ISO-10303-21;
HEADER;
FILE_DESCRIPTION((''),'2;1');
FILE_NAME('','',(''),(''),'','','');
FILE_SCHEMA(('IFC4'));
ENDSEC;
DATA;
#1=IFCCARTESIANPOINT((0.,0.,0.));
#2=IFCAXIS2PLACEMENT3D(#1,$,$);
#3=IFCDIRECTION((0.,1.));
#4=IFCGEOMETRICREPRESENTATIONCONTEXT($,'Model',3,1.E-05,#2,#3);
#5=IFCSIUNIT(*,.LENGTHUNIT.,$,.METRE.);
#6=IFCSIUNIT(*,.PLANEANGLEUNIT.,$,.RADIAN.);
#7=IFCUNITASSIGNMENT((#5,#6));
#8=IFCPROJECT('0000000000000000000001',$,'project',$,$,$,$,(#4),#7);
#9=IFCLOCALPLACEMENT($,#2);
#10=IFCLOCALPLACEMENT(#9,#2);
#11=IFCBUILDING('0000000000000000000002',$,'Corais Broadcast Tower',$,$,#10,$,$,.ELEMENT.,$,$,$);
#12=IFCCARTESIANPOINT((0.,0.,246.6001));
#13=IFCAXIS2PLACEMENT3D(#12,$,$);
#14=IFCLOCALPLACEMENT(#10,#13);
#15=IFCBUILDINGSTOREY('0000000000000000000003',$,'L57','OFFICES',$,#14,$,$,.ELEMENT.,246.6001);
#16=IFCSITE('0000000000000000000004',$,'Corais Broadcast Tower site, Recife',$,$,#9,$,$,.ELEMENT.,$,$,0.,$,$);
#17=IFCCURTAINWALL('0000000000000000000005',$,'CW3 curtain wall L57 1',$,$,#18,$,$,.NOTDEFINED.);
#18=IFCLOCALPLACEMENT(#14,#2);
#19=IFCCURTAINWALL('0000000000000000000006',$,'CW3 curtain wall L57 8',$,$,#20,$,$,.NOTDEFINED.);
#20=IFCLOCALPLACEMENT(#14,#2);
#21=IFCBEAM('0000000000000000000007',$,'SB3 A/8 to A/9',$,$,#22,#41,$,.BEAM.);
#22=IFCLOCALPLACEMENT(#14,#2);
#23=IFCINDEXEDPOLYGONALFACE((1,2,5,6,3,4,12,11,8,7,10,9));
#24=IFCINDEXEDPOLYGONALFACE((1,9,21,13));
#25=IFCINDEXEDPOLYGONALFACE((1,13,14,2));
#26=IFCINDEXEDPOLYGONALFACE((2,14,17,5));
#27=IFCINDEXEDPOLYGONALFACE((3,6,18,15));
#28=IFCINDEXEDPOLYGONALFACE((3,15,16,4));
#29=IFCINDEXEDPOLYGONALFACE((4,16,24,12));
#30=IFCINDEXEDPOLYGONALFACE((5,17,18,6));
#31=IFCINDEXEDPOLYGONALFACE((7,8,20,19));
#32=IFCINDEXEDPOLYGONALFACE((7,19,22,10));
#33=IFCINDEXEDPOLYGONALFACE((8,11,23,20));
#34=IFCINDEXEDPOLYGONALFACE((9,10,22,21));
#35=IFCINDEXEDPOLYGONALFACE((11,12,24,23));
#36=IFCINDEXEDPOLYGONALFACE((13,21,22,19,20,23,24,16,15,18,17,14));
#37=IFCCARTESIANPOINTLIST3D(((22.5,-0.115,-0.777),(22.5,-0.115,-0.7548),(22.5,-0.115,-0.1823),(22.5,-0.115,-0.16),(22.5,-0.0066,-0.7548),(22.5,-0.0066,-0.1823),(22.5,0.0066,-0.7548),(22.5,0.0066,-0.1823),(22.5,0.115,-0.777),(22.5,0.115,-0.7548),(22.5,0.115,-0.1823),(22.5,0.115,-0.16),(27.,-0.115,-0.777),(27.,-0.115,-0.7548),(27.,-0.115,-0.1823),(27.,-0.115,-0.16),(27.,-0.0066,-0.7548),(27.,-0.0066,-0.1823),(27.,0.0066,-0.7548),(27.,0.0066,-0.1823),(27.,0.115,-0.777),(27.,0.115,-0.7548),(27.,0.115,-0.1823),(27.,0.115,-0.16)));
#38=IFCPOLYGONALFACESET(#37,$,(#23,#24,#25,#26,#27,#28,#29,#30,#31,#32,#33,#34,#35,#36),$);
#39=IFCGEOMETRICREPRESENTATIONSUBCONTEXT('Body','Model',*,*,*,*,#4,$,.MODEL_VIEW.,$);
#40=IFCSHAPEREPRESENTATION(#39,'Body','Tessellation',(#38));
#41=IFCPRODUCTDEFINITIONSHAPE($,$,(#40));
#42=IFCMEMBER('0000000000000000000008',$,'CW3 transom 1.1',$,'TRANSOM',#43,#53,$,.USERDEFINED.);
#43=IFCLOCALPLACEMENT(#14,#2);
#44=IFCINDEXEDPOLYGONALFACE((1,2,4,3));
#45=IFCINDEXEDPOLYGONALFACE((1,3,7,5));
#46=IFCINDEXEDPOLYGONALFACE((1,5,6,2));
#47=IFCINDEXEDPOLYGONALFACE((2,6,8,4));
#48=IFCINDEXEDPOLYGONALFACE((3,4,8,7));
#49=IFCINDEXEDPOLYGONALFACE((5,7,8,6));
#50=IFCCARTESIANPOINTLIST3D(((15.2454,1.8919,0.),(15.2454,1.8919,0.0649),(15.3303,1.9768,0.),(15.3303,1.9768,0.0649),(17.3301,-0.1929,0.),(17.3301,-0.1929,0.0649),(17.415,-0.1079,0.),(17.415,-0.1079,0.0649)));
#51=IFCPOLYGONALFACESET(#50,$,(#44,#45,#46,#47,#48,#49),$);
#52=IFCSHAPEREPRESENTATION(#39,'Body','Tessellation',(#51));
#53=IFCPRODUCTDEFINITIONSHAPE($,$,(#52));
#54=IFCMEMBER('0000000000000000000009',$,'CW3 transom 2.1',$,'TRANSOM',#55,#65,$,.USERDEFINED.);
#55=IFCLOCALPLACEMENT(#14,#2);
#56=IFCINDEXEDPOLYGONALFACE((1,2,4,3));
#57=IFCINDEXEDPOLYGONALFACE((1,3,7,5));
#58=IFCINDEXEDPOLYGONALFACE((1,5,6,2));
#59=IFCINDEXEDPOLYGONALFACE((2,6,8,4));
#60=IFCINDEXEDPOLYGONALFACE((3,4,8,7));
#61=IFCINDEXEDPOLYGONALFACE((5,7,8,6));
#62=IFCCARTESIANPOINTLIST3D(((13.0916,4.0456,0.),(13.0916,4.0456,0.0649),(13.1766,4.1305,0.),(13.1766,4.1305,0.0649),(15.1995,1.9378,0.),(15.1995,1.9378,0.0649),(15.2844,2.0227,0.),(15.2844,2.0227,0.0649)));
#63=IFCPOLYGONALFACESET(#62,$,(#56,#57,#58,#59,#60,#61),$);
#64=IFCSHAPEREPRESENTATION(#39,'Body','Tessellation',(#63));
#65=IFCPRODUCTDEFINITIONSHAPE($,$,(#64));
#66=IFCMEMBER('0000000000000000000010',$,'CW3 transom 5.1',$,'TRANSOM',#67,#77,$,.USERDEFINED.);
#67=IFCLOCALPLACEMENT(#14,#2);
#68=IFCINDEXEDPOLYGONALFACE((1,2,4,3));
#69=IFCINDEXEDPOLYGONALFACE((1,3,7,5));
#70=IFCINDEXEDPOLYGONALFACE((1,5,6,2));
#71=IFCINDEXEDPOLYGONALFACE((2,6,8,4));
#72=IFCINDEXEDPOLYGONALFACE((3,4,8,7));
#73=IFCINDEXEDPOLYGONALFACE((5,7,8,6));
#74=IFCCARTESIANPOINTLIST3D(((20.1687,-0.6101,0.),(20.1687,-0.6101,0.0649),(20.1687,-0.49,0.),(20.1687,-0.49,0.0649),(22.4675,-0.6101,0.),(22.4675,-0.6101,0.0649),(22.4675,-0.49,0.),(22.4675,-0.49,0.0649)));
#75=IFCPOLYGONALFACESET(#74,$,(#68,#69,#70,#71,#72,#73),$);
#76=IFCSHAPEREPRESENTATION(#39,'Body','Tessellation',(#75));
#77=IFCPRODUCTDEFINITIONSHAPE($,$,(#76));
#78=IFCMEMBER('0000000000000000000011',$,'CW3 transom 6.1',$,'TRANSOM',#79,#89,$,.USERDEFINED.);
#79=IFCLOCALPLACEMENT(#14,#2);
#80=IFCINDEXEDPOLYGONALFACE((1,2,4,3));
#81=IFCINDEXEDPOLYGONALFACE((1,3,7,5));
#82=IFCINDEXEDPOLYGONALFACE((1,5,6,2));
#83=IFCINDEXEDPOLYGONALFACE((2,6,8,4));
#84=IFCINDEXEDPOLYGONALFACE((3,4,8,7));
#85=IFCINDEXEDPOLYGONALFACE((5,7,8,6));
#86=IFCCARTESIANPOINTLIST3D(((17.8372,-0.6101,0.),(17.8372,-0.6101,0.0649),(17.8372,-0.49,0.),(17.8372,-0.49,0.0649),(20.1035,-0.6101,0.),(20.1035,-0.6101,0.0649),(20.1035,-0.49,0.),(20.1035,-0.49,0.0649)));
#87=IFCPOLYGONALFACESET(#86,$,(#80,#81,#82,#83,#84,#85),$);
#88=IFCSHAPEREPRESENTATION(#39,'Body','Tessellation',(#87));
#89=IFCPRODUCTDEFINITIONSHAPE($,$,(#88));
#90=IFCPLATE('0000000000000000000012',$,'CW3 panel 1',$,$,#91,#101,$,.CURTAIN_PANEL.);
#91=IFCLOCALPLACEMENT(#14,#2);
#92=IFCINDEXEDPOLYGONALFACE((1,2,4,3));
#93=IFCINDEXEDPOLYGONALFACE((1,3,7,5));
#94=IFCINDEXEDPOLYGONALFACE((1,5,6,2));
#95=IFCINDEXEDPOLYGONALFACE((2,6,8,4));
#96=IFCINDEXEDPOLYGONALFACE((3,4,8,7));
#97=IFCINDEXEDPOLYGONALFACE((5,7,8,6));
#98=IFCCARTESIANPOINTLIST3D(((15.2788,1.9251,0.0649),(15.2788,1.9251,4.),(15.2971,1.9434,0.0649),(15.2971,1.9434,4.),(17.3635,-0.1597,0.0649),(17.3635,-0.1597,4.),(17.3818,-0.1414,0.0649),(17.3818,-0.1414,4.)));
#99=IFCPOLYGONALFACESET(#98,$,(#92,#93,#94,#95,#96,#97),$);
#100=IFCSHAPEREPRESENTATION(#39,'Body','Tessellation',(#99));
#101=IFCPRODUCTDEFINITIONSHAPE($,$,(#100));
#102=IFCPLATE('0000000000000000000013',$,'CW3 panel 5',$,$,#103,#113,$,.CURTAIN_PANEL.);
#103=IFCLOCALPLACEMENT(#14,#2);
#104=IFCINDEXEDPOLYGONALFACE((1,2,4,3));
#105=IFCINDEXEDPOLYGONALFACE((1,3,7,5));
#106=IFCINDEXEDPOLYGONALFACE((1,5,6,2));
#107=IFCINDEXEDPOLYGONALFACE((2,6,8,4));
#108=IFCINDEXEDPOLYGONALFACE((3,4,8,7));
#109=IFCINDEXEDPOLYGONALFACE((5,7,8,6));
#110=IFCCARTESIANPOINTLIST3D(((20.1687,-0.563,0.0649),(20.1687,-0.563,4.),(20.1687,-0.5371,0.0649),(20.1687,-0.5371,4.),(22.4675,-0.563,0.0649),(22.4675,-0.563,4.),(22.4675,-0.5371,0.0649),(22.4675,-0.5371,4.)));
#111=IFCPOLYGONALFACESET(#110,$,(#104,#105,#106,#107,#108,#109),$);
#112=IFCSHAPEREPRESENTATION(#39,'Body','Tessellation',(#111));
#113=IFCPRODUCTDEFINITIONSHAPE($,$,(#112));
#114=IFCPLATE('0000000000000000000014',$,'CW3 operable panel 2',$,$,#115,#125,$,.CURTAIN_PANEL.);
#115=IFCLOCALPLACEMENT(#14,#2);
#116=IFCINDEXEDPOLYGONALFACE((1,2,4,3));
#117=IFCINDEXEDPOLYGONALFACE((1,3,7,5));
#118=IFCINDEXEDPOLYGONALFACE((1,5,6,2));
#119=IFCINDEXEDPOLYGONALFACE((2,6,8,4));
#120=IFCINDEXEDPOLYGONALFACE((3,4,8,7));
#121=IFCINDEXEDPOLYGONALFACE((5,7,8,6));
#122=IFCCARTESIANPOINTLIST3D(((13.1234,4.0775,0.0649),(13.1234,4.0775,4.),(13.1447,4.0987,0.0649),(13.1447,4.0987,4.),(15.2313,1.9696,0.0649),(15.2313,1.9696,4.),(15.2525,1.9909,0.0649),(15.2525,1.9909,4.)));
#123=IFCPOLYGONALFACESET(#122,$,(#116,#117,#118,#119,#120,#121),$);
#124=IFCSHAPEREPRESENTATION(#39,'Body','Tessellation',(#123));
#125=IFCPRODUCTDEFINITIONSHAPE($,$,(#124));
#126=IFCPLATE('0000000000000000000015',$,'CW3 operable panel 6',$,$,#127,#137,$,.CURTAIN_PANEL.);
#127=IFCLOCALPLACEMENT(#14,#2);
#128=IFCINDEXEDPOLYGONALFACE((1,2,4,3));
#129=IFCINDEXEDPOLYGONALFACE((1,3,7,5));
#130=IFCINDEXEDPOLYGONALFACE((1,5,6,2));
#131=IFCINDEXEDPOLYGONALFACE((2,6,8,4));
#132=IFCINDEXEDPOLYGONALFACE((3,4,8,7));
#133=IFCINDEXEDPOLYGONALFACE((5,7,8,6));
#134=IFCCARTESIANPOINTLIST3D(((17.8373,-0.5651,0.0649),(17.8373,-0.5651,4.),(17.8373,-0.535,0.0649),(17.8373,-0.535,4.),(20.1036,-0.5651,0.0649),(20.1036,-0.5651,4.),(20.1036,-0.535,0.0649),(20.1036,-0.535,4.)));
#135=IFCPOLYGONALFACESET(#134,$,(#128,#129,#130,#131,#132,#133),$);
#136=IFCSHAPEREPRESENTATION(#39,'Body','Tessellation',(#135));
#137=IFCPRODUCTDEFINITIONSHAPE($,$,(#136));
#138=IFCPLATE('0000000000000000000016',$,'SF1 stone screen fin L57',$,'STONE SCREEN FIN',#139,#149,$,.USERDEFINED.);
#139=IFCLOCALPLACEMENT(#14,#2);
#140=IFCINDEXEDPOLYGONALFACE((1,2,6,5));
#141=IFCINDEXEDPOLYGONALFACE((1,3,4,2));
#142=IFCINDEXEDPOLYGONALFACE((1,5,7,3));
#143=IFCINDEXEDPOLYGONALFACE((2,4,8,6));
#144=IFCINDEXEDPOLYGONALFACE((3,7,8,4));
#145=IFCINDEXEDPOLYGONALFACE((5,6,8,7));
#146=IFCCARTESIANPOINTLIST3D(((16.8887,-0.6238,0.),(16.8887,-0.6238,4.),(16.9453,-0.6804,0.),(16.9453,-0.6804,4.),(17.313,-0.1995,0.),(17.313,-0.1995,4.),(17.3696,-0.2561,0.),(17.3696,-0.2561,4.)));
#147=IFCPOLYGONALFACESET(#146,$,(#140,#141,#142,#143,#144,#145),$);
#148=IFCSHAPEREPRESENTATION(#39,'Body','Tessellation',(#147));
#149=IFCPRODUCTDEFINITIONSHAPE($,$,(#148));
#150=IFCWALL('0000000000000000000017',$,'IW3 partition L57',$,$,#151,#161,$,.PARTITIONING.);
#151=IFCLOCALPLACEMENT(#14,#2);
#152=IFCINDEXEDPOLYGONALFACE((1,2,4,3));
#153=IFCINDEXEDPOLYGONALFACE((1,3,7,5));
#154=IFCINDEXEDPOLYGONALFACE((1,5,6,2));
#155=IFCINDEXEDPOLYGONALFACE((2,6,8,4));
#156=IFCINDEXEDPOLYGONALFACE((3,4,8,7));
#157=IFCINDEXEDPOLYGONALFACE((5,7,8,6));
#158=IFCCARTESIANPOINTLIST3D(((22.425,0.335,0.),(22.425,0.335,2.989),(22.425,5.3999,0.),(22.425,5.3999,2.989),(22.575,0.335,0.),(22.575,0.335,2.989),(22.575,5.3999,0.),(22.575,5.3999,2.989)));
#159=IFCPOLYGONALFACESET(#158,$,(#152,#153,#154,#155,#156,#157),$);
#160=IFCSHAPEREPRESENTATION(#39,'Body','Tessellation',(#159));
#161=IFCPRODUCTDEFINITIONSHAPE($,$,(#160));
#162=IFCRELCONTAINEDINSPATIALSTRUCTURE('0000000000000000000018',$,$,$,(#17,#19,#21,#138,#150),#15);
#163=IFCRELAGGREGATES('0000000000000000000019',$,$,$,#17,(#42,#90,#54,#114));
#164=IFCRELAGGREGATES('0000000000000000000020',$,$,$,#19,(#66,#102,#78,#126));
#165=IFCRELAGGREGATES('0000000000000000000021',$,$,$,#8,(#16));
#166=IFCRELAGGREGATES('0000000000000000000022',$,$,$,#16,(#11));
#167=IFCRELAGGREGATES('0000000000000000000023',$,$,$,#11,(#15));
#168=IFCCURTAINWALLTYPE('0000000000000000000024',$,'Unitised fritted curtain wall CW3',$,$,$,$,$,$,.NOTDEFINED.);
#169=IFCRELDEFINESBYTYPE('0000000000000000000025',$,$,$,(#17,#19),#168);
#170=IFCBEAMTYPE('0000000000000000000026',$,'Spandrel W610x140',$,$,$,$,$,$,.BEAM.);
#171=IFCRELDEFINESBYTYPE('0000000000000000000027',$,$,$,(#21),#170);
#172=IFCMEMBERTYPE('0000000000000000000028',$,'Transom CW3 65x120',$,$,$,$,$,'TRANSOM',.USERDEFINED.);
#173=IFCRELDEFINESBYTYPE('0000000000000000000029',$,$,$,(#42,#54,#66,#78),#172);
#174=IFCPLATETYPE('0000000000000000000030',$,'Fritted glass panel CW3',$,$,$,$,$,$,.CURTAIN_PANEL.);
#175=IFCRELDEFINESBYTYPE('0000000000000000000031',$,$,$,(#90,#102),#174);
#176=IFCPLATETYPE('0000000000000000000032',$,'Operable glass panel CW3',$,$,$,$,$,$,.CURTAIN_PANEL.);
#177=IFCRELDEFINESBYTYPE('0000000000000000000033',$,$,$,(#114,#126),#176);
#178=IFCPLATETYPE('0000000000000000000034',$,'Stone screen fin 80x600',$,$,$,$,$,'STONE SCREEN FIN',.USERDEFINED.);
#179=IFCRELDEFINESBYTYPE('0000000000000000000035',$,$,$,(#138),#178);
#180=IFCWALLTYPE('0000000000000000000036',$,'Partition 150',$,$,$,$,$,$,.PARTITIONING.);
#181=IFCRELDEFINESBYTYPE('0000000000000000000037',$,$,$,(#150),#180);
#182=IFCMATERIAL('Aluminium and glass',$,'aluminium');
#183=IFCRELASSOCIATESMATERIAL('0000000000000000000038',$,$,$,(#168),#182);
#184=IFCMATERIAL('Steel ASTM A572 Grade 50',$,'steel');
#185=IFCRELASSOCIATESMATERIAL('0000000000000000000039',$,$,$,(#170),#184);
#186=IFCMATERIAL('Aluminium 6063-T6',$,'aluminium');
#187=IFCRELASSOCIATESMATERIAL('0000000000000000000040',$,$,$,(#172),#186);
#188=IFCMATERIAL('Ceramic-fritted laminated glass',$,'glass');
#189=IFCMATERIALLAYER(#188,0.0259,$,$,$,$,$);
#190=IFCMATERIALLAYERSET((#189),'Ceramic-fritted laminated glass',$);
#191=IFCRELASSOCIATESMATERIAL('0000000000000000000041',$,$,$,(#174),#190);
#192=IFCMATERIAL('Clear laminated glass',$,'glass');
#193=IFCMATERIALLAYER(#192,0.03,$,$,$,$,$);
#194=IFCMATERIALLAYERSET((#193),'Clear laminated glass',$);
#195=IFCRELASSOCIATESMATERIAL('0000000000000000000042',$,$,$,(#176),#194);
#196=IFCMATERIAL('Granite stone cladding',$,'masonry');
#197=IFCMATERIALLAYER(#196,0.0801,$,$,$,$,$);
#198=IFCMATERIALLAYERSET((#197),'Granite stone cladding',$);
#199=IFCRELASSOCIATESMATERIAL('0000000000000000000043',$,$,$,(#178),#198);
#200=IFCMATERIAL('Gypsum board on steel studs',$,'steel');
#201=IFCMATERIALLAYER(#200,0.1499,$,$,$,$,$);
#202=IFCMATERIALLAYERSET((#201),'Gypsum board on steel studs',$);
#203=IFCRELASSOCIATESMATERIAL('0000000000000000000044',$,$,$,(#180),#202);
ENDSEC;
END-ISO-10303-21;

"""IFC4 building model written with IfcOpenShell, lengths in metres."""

from ifc_helpers import new_model, si_unit, direction, frame, frame_2d, origin, origin_2d, place, context, subcontext, project, spatial, rectangle, i_section, extrude, material, layer, layer_set, material_profile, profile_set, type_object, element, aggregate, save


model = new_model("IFC4")

# Units and contexts
model_context = context("Model", 3, precision=1e-05, world=origin(), true_north=direction((0.0, 1.0)))
body_context = subcontext(model_context, "Body", "Model", "MODEL_VIEW")
ifc_project = project(units=[si_unit("LENGTHUNIT", "METRE"), si_unit("PLANEANGLEUNIT", "RADIAN")], contexts=[model_context])

# Site, building, storey
site_placement = place(None, origin())
site = spatial("IfcSite", under=ifc_project, at=site_placement, Name="Corais Broadcast Tower site, Recife", CompositionType="ELEMENT", RefElevation=0.0)
building_placement = place(site_placement, origin())
building = spatial("IfcBuilding", under=site, at=building_placement, Name="Corais Broadcast Tower", CompositionType="ELEMENT")
storey_placement = place(building_placement, frame((0.0, 0.0, 246.6001)))
storey = spatial("IfcBuildingStorey", under=building, at=storey_placement, Name="L57", Description="OFFICES", CompositionType="ELEMENT", Elevation=246.6001)

# Curtain walls
ifc_material_1 = material(Name="Aluminium and glass", Category="aluminium")
curtain_wall_type = type_object("IfcCurtainWallType", Name="Unitised fritted curtain wall CW3", PredefinedType="NOTDEFINED", material=ifc_material_1)
curtain_wall_1_placement = place(storey_placement, origin())
curtain_wall_1 = element("IfcCurtainWall", 1, at=curtain_wall_1_placement, inside=storey, type_object=curtain_wall_type, Name="CW3 curtain wall L57 1", PredefinedType="NOTDEFINED")
curtain_wall_2_placement = place(storey_placement, origin())
curtain_wall_2 = element("IfcCurtainWall", 2, at=curtain_wall_2_placement, inside=storey, type_object=curtain_wall_type, Name="CW3 curtain wall L57 8", PredefinedType="NOTDEFINED")

# Beam
ifc_material_2 = material(Name="Steel ASTM A572 Grade 50", Category="steel")
ifc_material_profile_1 = material_profile(ifc_material_2, i_section(OverallWidth=0.23, OverallDepth=0.6169, WebThickness=0.0132, FlangeThickness=0.0222, at=origin_2d()), Name="W610x140")
ifc_profile_set_1 = profile_set([ifc_material_profile_1], Name="Steel ASTM A572 Grade 50")
beam_type_1 = type_object("IfcBeamType", Name="Spandrel W610x140", PredefinedType="BEAM", material=ifc_profile_set_1)
for number, where, z_axis, x_axis, name in (
    (3, (22.5, 0.0, -0.4685), (1.0, 0.0, 0.0), (0.0, 1.0, 0.0), "SB3 A/8 to A/9"),
):
    element("IfcBeam", number, at=place(storey_placement, frame(where, z_axis=z_axis, x_axis=x_axis)), inside=storey, type_object=beam_type_1, Name=name, PredefinedType="BEAM", context=body_context, shape_type="SweptSolid", body=[
        extrude(i_section(OverallWidth=0.23, OverallDepth=0.6169, WebThickness=0.0132, FlangeThickness=0.0222, at=origin_2d()), origin(), (0.0, 0.0, 1.0), 4.5),
    ])

# Members
ifc_material_3 = material(Name="Aluminium 6063-T6", Category="aluminium")
ifc_material_profile_2 = material_profile(ifc_material_3, rectangle(XDim=0.1201, YDim=0.0649, at=origin_2d()), Name="Transom CW3 65x120")
ifc_profile_set_2 = profile_set([ifc_material_profile_2], Name="Aluminium 6063-T6")
member_type_1 = type_object("IfcMemberType", Name="Transom CW3 65x120", ElementType="TRANSOM", PredefinedType="USERDEFINED", material=ifc_profile_set_2)
member_1_placement = place(storey_placement, frame((17.3726, -0.1504, 0.0325), z_axis=(-0.707107, 0.707107, 0.0), x_axis=(-0.707107, -0.707107, 0.0)))
member_1 = element("IfcMember", 4, at=member_1_placement, type_object=member_type_1, Name="CW3 transom 1.1", ObjectType="TRANSOM", PredefinedType="USERDEFINED", context=body_context, shape_type="SweptSolid", body=[
    extrude(rectangle(XDim=0.1201, YDim=0.0649, at=origin_2d()), origin(), (0.0, 0.0, 1.0), 2.9482),
])
member_2_placement = place(storey_placement, frame((15.2419, 1.9802, 0.0325), z_axis=(-0.707107, 0.707107, 0.0), x_axis=(-0.707107, -0.707107, 0.0)))
member_2 = element("IfcMember", 5, at=member_2_placement, type_object=member_type_1, Name="CW3 transom 2.1", ObjectType="TRANSOM", PredefinedType="USERDEFINED", context=body_context, shape_type="SweptSolid", body=[
    extrude(rectangle(XDim=0.1201, YDim=0.0649, at=origin_2d()), origin(), (0.0, 0.0, 1.0), 2.981),
])
member_3_placement = place(storey_placement, frame((22.4675, -0.55, 0.0325), z_axis=(-1.0, 0.0, 0.0), x_axis=(0.0, -1.0, 0.0)))
member_3 = element("IfcMember", 6, at=member_3_placement, type_object=member_type_1, Name="CW3 transom 5.1", ObjectType="TRANSOM", PredefinedType="USERDEFINED", context=body_context, shape_type="SweptSolid", body=[
    extrude(rectangle(XDim=0.1201, YDim=0.0649, at=origin_2d()), origin(), (0.0, 0.0, 1.0), 2.2988),
])
member_4_placement = place(storey_placement, frame((20.1035, -0.55, 0.0325), z_axis=(-1.0, 0.0, 0.0), x_axis=(0.0, -1.0, 0.0)))
member_4 = element("IfcMember", 7, at=member_4_placement, type_object=member_type_1, Name="CW3 transom 6.1", ObjectType="TRANSOM", PredefinedType="USERDEFINED", context=body_context, shape_type="SweptSolid", body=[
    extrude(rectangle(XDim=0.1201, YDim=0.0649, at=origin_2d()), origin(), (0.0, 0.0, 1.0), 2.2664),
])

# Plates
ifc_material_4 = material(Name="Ceramic-fritted laminated glass", Category="glass")
ifc_layer_1 = layer(ifc_material_4, 0.0259)
ifc_layer_set_1 = layer_set([ifc_layer_1], Name="Ceramic-fritted laminated glass")
plate_type_1 = type_object("IfcPlateType", Name="Fritted glass panel CW3", PredefinedType="CURTAIN_PANEL", material=ifc_layer_set_1)
plate_1_placement = place(storey_placement, frame((16.3303, 0.8918, 0.0649), z_axis=(0.0, 0.0, 1.0), x_axis=(-0.707107, 0.707107, 0.0)))
plate_1 = element("IfcPlate", 8, at=plate_1_placement, type_object=plate_type_1, Name="CW3 panel 1", PredefinedType="CURTAIN_PANEL", context=body_context, shape_type="SweptSolid", body=[
    extrude(rectangle(XDim=2.9482, YDim=0.0259, at=origin_2d()), origin(), (0.0, 0.0, 1.0), 3.9351),
])
plate_2_placement = place(storey_placement, frame((21.3181, -0.55, 0.0649), z_axis=(0.0, 0.0, 1.0), x_axis=(-1.0, 0.0, 0.0)))
plate_2 = element("IfcPlate", 9, at=plate_2_placement, type_object=plate_type_1, Name="CW3 panel 5", PredefinedType="CURTAIN_PANEL", context=body_context, shape_type="SweptSolid", body=[
    extrude(rectangle(XDim=2.2988, YDim=0.0259, at=origin_2d()), origin(), (0.0, 0.0, 1.0), 3.9351),
])
ifc_material_5 = material(Name="Clear laminated glass", Category="glass")
ifc_layer_2 = layer(ifc_material_5, 0.03)
ifc_layer_set_2 = layer_set([ifc_layer_2], Name="Clear laminated glass")
plate_type_2 = type_object("IfcPlateType", Name="Operable glass panel CW3", PredefinedType="CURTAIN_PANEL", material=ifc_layer_set_2)
plate_3_placement = place(storey_placement, frame((14.188, 3.0342, 0.0649), z_axis=(0.0, 0.0, 1.0), x_axis=(-0.707107, 0.707107, 0.0)))
plate_3 = element("IfcPlate", 10, at=plate_3_placement, type_object=plate_type_2, Name="CW3 operable panel 2", PredefinedType="CURTAIN_PANEL", context=body_context, shape_type="SweptSolid", body=[
    extrude(rectangle(XDim=2.981, YDim=0.03, at=origin_2d()), origin(), (0.0, 0.0, 1.0), 3.9351),
])
aggregate(curtain_wall_1, [member_1, plate_1, member_2, plate_3])
plate_4_placement = place(storey_placement, frame((18.9705, -0.55, 0.0649), z_axis=(0.0, 0.0, 1.0), x_axis=(-1.0, 0.0, 0.0)))
plate_4 = element("IfcPlate", 11, at=plate_4_placement, type_object=plate_type_2, Name="CW3 operable panel 6", PredefinedType="CURTAIN_PANEL", context=body_context, shape_type="SweptSolid", body=[
    extrude(rectangle(XDim=2.2664, YDim=0.03, at=origin_2d()), origin(), (0.0, 0.0, 1.0), 3.9351),
])
aggregate(curtain_wall_2, [member_3, plate_2, member_4, plate_4])
ifc_material_6 = material(Name="Granite stone cladding", Category="masonry")
ifc_layer_3 = layer(ifc_material_6, 0.0801)
ifc_layer_set_3 = layer_set([ifc_layer_3], Name="Granite stone cladding")
plate_type_3 = type_object("IfcPlateType", Name="Stone screen fin 80x600", ElementType="STONE SCREEN FIN", PredefinedType="USERDEFINED", material=ifc_layer_set_3)
plate_5_placement = place(storey_placement, frame((17.1292, -0.4399, 0.0), z_axis=(0.0, 0.0, 1.0), x_axis=(-0.707107, 0.707107, 0.0)))
element("IfcPlate", 12, at=plate_5_placement, inside=storey, type_object=plate_type_3, Name="SF1 stone screen fin L57", ObjectType="STONE SCREEN FIN", PredefinedType="USERDEFINED", context=body_context, shape_type="SweptSolid", body=[
    extrude(rectangle(XDim=0.0801, YDim=0.6001, at=origin_2d()), origin(), (0.0, 0.0, 1.0), 4.0),
])

# Wall
ifc_material_7 = material(Name="Gypsum board on steel studs", Category="steel")
ifc_layer_4 = layer(ifc_material_7, 0.1499)
ifc_layer_set_4 = layer_set([ifc_layer_4], Name="Gypsum board on steel studs")
wall_type = type_object("IfcWallType", Name="Partition 150", PredefinedType="PARTITIONING", material=ifc_layer_set_4)
wall_1_placement = place(storey_placement, frame((22.5, 0.335, 0.0), z_axis=(0.0, 0.0, 1.0), x_axis=(0.0, 1.0, 0.0)))
element("IfcWall", 13, at=wall_1_placement, inside=storey, type_object=wall_type, Name="IW3 partition L57", PredefinedType="PARTITIONING", context=body_context, shape_type="SweptSolid", body=[
    extrude(rectangle(XDim=5.0649, YDim=0.1499, at=frame_2d((2.5325, 0.0))), origin(), (0.0, 0.0, 1.0), 2.989),
])

save(model, "model.ifc")
